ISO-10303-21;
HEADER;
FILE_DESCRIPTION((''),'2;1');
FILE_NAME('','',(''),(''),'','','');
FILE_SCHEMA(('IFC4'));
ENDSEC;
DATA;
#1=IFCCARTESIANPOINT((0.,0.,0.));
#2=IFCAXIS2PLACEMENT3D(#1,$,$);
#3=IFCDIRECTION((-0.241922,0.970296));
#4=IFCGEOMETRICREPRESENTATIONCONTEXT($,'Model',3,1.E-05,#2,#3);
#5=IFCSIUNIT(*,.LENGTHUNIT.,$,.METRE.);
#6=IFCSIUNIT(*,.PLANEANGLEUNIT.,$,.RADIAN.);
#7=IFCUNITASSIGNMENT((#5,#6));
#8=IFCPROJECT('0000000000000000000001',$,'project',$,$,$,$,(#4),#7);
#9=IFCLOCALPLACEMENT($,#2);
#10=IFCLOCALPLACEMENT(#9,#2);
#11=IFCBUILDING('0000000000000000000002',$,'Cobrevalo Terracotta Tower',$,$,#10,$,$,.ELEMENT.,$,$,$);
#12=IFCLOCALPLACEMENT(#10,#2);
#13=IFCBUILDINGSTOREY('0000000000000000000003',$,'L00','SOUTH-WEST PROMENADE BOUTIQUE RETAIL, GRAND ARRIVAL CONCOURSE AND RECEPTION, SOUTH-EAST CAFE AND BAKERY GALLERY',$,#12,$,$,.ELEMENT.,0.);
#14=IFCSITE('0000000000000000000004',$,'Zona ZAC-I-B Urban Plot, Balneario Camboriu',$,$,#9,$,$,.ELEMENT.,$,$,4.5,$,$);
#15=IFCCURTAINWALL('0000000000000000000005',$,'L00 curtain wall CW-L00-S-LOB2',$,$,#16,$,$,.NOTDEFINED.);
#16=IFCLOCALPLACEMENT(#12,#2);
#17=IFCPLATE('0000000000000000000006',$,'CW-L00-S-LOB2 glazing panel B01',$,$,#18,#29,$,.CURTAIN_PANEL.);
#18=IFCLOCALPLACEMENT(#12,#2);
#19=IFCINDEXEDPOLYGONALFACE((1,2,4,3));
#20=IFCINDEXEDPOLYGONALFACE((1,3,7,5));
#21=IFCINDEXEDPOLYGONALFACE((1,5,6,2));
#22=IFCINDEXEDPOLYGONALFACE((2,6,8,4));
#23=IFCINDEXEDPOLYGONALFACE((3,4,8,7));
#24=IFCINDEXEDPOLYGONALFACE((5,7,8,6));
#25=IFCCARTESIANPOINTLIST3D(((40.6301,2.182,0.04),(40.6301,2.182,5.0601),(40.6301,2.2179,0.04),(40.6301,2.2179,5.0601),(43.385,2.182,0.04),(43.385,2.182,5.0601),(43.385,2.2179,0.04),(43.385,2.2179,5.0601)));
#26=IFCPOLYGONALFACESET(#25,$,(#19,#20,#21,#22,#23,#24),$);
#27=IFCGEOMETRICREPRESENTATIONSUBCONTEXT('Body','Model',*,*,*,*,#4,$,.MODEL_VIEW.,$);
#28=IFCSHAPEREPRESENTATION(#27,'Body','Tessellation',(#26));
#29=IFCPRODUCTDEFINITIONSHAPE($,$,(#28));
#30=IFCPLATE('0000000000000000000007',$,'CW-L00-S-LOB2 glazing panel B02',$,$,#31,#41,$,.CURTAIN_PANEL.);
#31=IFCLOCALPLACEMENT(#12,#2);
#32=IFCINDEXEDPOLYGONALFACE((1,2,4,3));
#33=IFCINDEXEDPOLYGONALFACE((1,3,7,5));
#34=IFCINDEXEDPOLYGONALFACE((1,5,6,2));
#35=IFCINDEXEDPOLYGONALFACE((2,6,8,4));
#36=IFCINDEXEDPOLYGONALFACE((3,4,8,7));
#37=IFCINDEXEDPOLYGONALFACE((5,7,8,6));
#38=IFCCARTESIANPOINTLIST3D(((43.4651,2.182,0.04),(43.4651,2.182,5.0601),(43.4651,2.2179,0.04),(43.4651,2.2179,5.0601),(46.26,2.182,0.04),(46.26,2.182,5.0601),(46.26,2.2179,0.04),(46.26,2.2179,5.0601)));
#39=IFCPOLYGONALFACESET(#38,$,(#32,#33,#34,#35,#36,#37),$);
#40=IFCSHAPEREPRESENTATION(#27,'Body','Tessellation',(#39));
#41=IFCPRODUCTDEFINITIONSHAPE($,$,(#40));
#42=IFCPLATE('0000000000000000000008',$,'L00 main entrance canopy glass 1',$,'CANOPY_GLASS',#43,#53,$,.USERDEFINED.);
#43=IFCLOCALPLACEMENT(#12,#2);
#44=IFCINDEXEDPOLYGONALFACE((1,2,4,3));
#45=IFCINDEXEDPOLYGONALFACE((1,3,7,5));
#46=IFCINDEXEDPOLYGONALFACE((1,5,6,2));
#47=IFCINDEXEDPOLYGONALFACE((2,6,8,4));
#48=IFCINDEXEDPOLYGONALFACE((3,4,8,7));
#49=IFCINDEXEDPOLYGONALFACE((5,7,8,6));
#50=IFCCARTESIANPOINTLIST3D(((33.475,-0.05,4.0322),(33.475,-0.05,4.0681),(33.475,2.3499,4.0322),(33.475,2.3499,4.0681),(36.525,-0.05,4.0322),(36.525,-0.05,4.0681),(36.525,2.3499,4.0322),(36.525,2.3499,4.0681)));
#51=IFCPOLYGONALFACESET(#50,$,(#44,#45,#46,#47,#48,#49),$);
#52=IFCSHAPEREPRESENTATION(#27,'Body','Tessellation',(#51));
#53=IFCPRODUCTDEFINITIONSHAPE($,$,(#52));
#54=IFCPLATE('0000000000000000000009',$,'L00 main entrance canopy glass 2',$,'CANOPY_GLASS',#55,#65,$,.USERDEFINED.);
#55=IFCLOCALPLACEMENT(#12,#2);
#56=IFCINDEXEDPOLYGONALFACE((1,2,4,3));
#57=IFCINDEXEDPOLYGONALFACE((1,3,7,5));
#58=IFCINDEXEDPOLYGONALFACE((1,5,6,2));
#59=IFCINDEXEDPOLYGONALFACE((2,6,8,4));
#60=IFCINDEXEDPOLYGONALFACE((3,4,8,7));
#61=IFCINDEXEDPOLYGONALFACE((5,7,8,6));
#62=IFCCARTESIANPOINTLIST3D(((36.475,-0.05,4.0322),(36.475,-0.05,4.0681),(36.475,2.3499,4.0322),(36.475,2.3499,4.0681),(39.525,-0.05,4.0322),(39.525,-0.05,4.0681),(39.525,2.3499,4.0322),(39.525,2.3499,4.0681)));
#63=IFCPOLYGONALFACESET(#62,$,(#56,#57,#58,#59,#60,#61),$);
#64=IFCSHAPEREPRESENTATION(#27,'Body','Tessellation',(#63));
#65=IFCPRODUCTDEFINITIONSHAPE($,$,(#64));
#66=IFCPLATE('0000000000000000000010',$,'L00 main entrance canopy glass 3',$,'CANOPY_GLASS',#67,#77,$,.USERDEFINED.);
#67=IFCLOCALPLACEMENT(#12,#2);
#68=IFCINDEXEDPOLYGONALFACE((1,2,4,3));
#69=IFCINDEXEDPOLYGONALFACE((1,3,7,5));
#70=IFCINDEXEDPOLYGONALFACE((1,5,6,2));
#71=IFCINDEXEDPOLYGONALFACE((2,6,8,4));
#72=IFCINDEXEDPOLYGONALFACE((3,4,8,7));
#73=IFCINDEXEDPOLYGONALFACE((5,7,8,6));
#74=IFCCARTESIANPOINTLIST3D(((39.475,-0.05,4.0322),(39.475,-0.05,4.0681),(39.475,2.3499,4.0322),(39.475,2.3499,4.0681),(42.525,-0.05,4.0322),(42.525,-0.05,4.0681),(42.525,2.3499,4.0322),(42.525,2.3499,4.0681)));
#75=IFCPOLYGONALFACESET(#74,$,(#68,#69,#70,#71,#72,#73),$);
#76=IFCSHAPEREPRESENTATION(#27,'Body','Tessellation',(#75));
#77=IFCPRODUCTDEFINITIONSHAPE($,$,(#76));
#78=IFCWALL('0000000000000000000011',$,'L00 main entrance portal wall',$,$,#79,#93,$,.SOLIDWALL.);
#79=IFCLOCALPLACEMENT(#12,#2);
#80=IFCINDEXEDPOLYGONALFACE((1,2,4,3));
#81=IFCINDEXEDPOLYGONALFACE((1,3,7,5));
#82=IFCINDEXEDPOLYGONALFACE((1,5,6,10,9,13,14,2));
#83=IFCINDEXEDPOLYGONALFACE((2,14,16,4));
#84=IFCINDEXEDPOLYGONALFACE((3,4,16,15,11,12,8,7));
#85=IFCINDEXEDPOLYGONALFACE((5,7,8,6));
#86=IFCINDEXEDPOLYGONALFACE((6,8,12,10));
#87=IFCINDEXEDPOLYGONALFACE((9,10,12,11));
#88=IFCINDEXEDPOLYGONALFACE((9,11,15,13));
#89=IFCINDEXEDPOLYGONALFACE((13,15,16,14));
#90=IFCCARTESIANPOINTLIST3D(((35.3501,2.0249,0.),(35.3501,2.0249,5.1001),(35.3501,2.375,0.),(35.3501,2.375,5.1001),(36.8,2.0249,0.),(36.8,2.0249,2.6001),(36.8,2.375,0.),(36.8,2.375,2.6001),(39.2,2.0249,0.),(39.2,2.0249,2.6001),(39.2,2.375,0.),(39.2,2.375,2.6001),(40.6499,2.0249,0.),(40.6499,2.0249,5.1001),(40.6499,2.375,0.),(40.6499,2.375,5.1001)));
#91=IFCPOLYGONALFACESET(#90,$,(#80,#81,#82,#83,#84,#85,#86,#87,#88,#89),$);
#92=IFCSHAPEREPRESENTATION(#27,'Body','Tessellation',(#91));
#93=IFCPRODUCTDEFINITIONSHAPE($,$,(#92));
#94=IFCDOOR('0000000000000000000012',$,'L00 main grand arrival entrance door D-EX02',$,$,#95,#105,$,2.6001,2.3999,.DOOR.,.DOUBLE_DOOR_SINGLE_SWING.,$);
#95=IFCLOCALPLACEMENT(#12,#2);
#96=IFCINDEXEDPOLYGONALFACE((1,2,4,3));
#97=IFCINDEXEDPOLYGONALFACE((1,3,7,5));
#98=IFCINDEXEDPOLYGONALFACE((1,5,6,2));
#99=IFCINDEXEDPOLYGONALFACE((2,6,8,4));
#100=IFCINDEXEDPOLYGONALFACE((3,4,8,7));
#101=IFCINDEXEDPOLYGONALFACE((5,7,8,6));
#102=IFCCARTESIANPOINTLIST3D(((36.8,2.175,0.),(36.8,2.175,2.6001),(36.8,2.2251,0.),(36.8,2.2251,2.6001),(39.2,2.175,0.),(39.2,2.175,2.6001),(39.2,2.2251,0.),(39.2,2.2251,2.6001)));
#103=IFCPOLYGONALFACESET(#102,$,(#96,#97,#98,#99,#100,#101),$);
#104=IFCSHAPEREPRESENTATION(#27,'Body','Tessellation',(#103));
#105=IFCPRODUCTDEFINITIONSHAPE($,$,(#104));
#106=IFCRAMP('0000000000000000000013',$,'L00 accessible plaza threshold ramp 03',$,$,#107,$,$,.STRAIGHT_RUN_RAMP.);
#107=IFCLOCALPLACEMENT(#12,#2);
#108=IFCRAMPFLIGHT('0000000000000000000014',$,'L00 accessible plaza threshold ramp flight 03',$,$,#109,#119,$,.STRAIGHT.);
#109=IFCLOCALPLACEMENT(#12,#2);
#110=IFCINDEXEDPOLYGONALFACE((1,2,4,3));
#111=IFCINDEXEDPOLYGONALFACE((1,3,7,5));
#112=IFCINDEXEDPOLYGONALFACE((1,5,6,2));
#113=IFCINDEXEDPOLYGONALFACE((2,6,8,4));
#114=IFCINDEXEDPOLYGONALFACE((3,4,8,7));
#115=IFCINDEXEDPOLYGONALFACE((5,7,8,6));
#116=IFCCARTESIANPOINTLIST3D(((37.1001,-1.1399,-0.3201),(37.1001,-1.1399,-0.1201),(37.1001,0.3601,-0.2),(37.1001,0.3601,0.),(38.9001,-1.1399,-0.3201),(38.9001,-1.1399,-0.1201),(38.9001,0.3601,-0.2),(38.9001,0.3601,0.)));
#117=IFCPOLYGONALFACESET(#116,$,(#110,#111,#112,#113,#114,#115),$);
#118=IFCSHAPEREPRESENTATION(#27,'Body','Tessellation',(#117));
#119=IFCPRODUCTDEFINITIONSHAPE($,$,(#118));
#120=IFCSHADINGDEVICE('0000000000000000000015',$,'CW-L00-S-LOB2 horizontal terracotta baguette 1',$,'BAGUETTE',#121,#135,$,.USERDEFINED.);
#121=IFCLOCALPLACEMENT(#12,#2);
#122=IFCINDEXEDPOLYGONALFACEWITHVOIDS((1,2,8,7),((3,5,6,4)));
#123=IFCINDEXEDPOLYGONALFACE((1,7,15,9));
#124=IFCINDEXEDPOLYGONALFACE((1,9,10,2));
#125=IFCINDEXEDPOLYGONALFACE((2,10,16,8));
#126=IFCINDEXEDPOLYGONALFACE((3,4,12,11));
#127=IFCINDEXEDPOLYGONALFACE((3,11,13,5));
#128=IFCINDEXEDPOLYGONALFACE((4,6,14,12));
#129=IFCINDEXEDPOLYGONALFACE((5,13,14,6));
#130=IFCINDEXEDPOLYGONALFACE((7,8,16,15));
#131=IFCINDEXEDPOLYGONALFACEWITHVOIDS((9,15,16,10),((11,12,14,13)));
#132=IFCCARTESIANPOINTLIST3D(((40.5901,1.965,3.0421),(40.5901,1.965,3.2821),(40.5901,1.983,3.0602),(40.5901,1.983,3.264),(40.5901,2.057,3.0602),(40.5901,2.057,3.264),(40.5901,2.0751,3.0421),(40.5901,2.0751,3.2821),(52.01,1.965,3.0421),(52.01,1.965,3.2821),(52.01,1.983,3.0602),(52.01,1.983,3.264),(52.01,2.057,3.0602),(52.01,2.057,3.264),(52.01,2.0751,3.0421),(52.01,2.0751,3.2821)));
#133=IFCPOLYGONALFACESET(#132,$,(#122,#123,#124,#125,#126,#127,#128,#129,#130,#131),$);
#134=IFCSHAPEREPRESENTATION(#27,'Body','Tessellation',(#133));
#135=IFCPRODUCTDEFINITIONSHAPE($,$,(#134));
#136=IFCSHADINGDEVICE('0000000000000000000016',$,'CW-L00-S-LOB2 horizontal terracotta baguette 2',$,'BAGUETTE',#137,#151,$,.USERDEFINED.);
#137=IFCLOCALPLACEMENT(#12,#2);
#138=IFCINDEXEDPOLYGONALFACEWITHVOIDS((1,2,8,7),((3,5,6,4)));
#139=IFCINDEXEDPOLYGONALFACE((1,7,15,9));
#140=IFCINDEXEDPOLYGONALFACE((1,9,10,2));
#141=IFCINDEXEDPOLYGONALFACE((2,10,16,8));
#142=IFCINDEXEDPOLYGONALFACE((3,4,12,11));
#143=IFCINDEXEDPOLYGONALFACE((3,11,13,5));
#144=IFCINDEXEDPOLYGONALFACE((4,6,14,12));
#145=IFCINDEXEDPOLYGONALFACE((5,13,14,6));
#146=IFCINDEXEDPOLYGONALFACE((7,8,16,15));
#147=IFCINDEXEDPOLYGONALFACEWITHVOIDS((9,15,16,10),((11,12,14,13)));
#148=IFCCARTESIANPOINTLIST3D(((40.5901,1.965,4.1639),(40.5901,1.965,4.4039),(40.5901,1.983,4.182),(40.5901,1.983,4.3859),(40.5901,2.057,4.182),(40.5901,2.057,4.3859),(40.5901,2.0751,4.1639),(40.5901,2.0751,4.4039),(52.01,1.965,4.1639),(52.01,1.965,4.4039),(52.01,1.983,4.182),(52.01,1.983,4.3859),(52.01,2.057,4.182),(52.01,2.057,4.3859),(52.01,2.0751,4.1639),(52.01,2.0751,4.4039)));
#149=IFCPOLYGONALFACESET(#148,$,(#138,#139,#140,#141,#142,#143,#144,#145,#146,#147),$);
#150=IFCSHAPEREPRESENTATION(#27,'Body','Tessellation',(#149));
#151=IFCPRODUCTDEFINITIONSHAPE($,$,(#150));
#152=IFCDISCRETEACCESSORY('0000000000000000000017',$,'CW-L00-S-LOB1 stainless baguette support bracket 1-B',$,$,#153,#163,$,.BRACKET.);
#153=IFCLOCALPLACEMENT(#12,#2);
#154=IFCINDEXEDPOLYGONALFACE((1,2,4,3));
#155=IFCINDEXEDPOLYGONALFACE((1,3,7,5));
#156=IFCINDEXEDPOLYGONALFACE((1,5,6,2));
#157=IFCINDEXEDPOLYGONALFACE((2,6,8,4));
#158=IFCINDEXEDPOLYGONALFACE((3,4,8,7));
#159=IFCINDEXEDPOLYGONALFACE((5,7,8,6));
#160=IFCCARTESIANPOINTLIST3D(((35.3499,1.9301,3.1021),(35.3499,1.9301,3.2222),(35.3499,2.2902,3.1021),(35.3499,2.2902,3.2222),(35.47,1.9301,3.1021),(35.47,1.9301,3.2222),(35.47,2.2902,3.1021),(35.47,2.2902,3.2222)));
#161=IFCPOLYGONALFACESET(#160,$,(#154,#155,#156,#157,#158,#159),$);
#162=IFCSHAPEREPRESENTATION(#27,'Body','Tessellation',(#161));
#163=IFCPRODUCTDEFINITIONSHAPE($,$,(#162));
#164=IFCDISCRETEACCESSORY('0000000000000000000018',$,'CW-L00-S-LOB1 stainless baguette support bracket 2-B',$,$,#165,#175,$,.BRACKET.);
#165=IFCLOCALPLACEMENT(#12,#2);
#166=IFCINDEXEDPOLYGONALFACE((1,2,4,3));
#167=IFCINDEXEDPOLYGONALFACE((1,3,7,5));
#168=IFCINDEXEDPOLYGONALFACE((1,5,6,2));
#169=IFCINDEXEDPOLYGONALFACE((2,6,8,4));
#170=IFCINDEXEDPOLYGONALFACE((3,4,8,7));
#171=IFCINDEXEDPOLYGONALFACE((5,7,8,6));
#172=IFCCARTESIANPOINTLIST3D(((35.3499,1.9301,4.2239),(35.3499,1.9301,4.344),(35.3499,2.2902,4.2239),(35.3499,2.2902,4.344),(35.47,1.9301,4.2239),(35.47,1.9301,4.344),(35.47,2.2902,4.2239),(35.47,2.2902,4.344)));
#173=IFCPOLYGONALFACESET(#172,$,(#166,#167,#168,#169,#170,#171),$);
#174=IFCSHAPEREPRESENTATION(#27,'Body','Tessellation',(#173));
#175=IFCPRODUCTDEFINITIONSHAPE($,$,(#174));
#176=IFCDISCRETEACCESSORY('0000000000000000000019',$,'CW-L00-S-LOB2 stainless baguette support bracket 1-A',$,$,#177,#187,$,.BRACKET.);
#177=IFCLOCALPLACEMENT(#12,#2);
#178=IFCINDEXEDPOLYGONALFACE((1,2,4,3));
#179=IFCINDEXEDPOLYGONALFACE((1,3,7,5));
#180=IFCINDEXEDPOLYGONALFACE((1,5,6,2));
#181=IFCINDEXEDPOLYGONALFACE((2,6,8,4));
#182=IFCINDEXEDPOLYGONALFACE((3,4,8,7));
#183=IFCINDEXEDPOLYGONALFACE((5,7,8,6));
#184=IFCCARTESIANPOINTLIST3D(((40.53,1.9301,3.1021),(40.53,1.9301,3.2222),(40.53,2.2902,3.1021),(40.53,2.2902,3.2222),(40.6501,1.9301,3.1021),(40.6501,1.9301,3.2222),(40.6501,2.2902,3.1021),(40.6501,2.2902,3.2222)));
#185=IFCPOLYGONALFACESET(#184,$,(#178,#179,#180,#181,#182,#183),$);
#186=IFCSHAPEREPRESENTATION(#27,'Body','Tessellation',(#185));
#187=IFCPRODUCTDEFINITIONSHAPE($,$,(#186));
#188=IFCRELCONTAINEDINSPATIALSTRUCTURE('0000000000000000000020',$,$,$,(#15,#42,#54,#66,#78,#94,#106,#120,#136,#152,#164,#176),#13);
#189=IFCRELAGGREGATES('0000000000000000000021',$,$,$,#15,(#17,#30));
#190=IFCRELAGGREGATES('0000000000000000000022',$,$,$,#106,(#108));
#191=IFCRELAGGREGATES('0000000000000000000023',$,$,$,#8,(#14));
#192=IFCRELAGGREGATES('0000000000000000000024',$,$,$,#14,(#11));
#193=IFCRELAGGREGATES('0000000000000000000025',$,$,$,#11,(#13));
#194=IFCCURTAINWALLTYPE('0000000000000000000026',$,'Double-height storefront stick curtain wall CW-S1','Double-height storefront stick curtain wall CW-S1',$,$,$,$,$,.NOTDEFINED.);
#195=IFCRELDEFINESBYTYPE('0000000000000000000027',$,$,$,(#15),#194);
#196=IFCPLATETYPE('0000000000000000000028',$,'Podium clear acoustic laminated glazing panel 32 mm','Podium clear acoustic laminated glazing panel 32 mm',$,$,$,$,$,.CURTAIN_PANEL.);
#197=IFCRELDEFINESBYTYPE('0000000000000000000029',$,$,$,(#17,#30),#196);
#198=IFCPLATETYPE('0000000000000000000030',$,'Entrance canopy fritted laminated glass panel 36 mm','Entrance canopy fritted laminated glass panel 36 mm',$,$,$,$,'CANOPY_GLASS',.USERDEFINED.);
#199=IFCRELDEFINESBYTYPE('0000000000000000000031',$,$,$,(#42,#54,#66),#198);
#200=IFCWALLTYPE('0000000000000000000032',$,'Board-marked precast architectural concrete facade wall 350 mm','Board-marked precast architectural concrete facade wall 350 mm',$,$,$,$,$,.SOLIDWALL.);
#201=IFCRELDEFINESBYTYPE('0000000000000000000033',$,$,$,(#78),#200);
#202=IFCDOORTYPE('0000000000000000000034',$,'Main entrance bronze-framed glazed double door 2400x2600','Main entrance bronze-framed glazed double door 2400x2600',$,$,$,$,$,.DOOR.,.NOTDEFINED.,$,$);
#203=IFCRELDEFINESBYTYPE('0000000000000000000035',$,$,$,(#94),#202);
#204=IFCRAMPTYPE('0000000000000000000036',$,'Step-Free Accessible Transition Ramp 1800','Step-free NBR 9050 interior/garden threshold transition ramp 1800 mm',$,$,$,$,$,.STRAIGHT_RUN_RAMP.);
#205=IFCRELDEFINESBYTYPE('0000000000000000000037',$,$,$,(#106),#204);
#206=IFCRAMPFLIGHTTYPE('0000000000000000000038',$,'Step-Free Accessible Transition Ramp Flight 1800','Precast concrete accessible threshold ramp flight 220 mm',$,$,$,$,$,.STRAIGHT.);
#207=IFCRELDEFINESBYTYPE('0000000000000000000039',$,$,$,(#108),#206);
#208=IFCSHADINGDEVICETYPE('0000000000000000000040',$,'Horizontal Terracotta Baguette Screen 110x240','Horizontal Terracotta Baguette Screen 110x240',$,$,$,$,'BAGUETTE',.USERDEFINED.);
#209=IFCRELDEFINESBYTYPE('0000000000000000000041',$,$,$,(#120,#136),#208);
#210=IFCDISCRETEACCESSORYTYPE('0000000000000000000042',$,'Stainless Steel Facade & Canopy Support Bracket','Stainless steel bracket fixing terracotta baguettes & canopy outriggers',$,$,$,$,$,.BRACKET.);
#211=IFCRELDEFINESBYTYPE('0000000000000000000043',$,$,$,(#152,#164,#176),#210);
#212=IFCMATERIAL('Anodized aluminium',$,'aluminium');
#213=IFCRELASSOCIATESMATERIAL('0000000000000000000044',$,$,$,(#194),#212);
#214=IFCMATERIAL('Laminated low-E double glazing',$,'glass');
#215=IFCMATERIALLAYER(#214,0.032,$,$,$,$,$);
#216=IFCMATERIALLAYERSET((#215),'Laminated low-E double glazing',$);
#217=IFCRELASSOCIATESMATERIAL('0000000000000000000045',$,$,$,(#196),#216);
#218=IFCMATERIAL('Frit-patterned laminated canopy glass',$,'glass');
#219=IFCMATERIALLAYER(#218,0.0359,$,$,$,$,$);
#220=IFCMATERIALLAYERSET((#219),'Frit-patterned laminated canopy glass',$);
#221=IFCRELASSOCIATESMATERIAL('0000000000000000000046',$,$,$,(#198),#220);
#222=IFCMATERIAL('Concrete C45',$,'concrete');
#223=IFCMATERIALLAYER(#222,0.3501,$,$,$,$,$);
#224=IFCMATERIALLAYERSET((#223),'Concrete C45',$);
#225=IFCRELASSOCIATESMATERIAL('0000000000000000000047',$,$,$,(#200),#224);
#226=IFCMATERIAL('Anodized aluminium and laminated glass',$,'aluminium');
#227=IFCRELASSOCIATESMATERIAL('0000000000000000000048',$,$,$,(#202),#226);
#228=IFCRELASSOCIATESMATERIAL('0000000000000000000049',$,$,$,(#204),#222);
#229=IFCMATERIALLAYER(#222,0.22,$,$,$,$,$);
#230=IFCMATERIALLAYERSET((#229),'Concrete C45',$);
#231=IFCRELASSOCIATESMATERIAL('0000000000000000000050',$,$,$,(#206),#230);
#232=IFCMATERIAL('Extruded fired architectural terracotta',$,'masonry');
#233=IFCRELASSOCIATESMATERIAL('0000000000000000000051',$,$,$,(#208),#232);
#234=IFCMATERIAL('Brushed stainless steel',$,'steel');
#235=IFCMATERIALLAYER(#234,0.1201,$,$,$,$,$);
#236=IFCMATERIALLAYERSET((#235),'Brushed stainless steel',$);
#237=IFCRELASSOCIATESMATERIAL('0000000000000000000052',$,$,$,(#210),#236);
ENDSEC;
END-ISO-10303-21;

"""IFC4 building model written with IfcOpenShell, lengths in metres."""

from ifc_helpers import new_model, si_unit, direction, frame, frame_2d, origin, origin_2d, place, context, subcontext, project, spatial, polyline, rectangle, hollow_rectangle, outline, extrude, source, transform, mapped, material, layer, layer_set, material_profile, profile_set, type_object, element, fill, aggregate, save


model = new_model("IFC4")

# Units and contexts
model_context = context("Model", 3, precision=1e-05, world=origin(), true_north=direction((-0.241922, 0.970296)))
body_context = subcontext(model_context, "Body", "Model", "MODEL_VIEW")
ifc_project = project(units=[si_unit("LENGTHUNIT", "METRE"), si_unit("PLANEANGLEUNIT", "RADIAN")], contexts=[model_context])

# Site, building, storey
site_placement = place(None, origin())
site = spatial("IfcSite", under=ifc_project, at=site_placement, Name="Zona ZAC-I-B Urban Plot, Balneario Camboriu", CompositionType="ELEMENT", RefElevation=4.5)
building_placement = place(site_placement, origin())
building = spatial("IfcBuilding", under=site, at=building_placement, Name="Cobrevalo Terracotta Tower", CompositionType="ELEMENT")
storey_placement = place(building_placement, origin())
storey = spatial("IfcBuildingStorey", under=building, at=storey_placement, Name="L00", Description="SOUTH-WEST PROMENADE BOUTIQUE RETAIL, GRAND ARRIVAL CONCOURSE AND RECEPTION, SOUTH-EAST CAFE AND BAKERY GALLERY", CompositionType="ELEMENT", Elevation=0.0)

# Shared definitions
ifc_material_1 = material(Name="Anodized aluminium", Category="aluminium")
curtain_wall_type = type_object("IfcCurtainWallType", Name="Double-height storefront stick curtain wall CW-S1", Description="Double-height storefront stick curtain wall CW-S1", PredefinedType="NOTDEFINED", material=ifc_material_1)

# Curtain wall
curtain_wall_1_placement = place(storey_placement, origin())
curtain_wall_1 = element("IfcCurtainWall", 1, at=curtain_wall_1_placement, inside=storey, type_object=curtain_wall_type, Name="L00 curtain wall CW-L00-S-LOB2", PredefinedType="NOTDEFINED")

# Plates
ifc_material_2 = material(Name="Laminated low-E double glazing", Category="glass")
ifc_layer_1 = layer(ifc_material_2, 0.032)
ifc_layer_set_1 = layer_set([ifc_layer_1], Name="Laminated low-E double glazing")
plate_type_1 = type_object("IfcPlateType", Name="Podium clear acoustic laminated glazing panel 32 mm", Description="Podium clear acoustic laminated glazing panel 32 mm", PredefinedType="CURTAIN_PANEL", material=ifc_layer_set_1)
shared_shape_1 = source(origin(), body_context, "Body", "SweptSolid", [
    extrude(rectangle(XDim=2.7549, YDim=0.0359, at=origin_2d()), origin(), (0.0, 0.0, 1.0), 5.02),
])
plate_1_placement = place(storey_placement, frame((42.0076, 2.2, 0.04), z_axis=(0.0, 0.0, 1.0), x_axis=(1.0, 0.0, 0.0)))
plate_1 = element("IfcPlate", 2, at=plate_1_placement, type_object=plate_type_1, Name="CW-L00-S-LOB2 glazing panel B01", PredefinedType="CURTAIN_PANEL", context=body_context, shape_type="MappedRepresentation", body=[
    mapped(shared_shape_1, transform((0.0, 0.0, 0.0), scale=1.0)),
])
shared_shape_2 = source(origin(), body_context, "Body", "SweptSolid", [
    extrude(rectangle(XDim=2.7949, YDim=0.0359, at=origin_2d()), origin(), (0.0, 0.0, 1.0), 5.02),
])
plate_2_placement = place(storey_placement, frame((44.8625, 2.2, 0.04), z_axis=(0.0, 0.0, 1.0), x_axis=(1.0, 0.0, 0.0)))
plate_2 = element("IfcPlate", 3, at=plate_2_placement, type_object=plate_type_1, Name="CW-L00-S-LOB2 glazing panel B02", PredefinedType="CURTAIN_PANEL", context=body_context, shape_type="MappedRepresentation", body=[
    mapped(shared_shape_2, transform((0.0, 0.0, 0.0), scale=1.0)),
])
aggregate(curtain_wall_1, [plate_1, plate_2])

# Plates
ifc_material_3 = material(Name="Frit-patterned laminated canopy glass", Category="glass")
ifc_layer_2 = layer(ifc_material_3, 0.0359)
ifc_layer_set_2 = layer_set([ifc_layer_2], Name="Frit-patterned laminated canopy glass")
plate_type_2 = type_object("IfcPlateType", Name="Entrance canopy fritted laminated glass panel 36 mm", Description="Entrance canopy fritted laminated glass panel 36 mm", ElementType="CANOPY_GLASS", PredefinedType="USERDEFINED", material=ifc_layer_set_2)
shared_shape_3 = source(origin(), body_context, "Body", "SweptSolid", [
    extrude(rectangle(XDim=3.05, YDim=2.3999, at=origin_2d()), origin(), (0.0, 0.0, 1.0), 0.0359),
])
for number, where, z_axis, x_axis, name in (
    (4, (35.0, 1.1499, 4.0322), (0.0, 0.0, 1.0), (1.0, 0.0, 0.0), "L00 main entrance canopy glass 1"),
    (5, (38.0, 1.1499, 4.0322), (0.0, 0.0, 1.0), (1.0, 0.0, 0.0), "L00 main entrance canopy glass 2"),
    (6, (41.0, 1.1499, 4.0322), (0.0, 0.0, 1.0), (1.0, 0.0, 0.0), "L00 main entrance canopy glass 3"),
):
    element("IfcPlate", number, at=place(storey_placement, frame(where, z_axis=z_axis, x_axis=x_axis)), inside=storey, type_object=plate_type_2, Name=name, ObjectType="CANOPY_GLASS", PredefinedType="USERDEFINED", context=body_context, shape_type="MappedRepresentation", body=[
        mapped(shared_shape_3, transform((0.0, 0.0, 0.0), scale=1.0)),
    ])

# Wall, opening, door
ifc_material_4 = material(Name="Concrete C45", Category="concrete")
ifc_layer_3 = layer(ifc_material_4, 0.3501)
ifc_layer_set_3 = layer_set([ifc_layer_3], Name="Concrete C45")
wall_type = type_object("IfcWallType", Name="Board-marked precast architectural concrete facade wall 350 mm", Description="Board-marked precast architectural concrete facade wall 350 mm", PredefinedType="SOLIDWALL", material=ifc_layer_set_3)
wall_placement = place(storey_placement, frame((35.3501, 2.2, 0.0), z_axis=(0.0, 0.0, 1.0), x_axis=(1.0, 0.0, 0.0)))
wall = element("IfcWall", 7, at=wall_placement, inside=storey, type_object=wall_type, Name="L00 main entrance portal wall", PredefinedType="SOLIDWALL", context=body_context, shape_type="SweptSolid", body=[
    extrude(rectangle(XDim=5.2998, YDim=0.3501, at=frame_2d((2.6499, 0.0))), origin(), (0.0, 0.0, 1.0), 5.1001),
])
opening_placement = place(wall_placement, frame((1.45, 0.0, 0.0)))
opening = element("IfcOpeningElement", 8, at=opening_placement, cuts=wall, PredefinedType="OPENING", context=body_context, shape_type="SweptSolid", body=[
    extrude(rectangle(XDim=2.3999, YDim=2.6001, at=frame_2d((1.2, 1.3))), frame((0.0, 0.1851, 0.0), z_axis=(0.0, -1.0, 0.0), x_axis=(1.0, 0.0, 0.0)), (0.0, 0.0, 1.0), 0.3701),
])
ifc_material_5 = material(Name="Anodized aluminium and laminated glass", Category="aluminium")
door_type = type_object("IfcDoorType", Name="Main entrance bronze-framed glazed double door 2400x2600", Description="Main entrance bronze-framed glazed double door 2400x2600", OperationType="NOTDEFINED", PredefinedType="DOOR", material=ifc_material_5)
shared_shape_4 = source(origin(), body_context, "Body", "SweptSolid", [
    extrude(rectangle(XDim=2.3999, YDim=2.6001, at=frame_2d((1.2, 1.3))), frame((0.0, 0.0249, 0.0), z_axis=(0.0, -1.0, 0.0), x_axis=(1.0, 0.0, 0.0)), (0.0, 0.0, 1.0), 0.05),
])
door_placement = place(opening_placement, frame((2.3999, 0.0, 0.0), z_axis=(0.0, 0.0, 1.0), x_axis=(-1.0, 0.0, 0.0)))
door = element("IfcDoor", 9, at=door_placement, inside=storey, type_object=door_type, Name="L00 main grand arrival entrance door D-EX02", OperationType="DOUBLE_DOOR_SINGLE_SWING", OverallHeight=2.6001, OverallWidth=2.3999, PredefinedType="DOOR", context=body_context, shape_type="MappedRepresentation", body=[
    mapped(shared_shape_4, transform((0.0, 0.0, 0.0), scale=1.0)),
])
fill(opening, door)

# Ramp, ramp flight
ramp_type = type_object("IfcRampType", Name="Step-Free Accessible Transition Ramp 1800", Description="Step-free NBR 9050 interior/garden threshold transition ramp 1800 mm", PredefinedType="STRAIGHT_RUN_RAMP", material=ifc_material_4)
ramp_placement = place(storey_placement, origin())
ramp = element("IfcRamp", 10, at=ramp_placement, inside=storey, type_object=ramp_type, Name="L00 accessible plaza threshold ramp 03", PredefinedType="STRAIGHT_RUN_RAMP")
ifc_layer_4 = layer(ifc_material_4, 0.22)
ifc_layer_set_4 = layer_set([ifc_layer_4], Name="Concrete C45")
ramp_flight_type = type_object("IfcRampFlightType", Name="Step-Free Accessible Transition Ramp Flight 1800", Description="Precast concrete accessible threshold ramp flight 220 mm", PredefinedType="STRAIGHT", material=ifc_layer_set_4)
ramp_flight_placement = place(storey_placement, frame((38.0, -1.1399, -0.1201), z_axis=(0.0, 0.0, 1.0), x_axis=(0.0, 1.0, 0.0)))
ramp_flight = element("IfcRampFlight", 11, at=ramp_flight_placement, type_object=ramp_flight_type, Name="L00 accessible plaza threshold ramp flight 03", PredefinedType="STRAIGHT", context=body_context, shape_type="SweptSolid", body=[
    extrude(outline(polyline([(0.0, -0.2), (1.5, -0.0798), (1.5, 0.1201), (0.0, 0.0), (0.0, -0.2)])), frame((0.0, 0.8999, 0.0), z_axis=(0.0, -1.0, 0.0), x_axis=(1.0, 0.0, 0.0)), (0.0, 0.0, 1.0), 1.8),
])
aggregate(ramp, [ramp_flight])

# Shading devices
ifc_material_6 = material(Name="Extruded fired architectural terracotta", Category="masonry")
ifc_material_profile_1 = material_profile(ifc_material_6, hollow_rectangle(XDim=0.1101, YDim=0.24, WallThickness=0.0181, at=origin_2d()), Name="BAGUETTE 110x240")
ifc_profile_set_1 = profile_set([ifc_material_profile_1], Name="Extruded fired architectural terracotta")
shading_device_type = type_object("IfcShadingDeviceType", Name="Horizontal Terracotta Baguette Screen 110x240", Description="Horizontal Terracotta Baguette Screen 110x240", ElementType="BAGUETTE", PredefinedType="USERDEFINED", material=ifc_profile_set_1)
shared_shape_5 = source(origin(), body_context, "Body", "SweptSolid", [
    extrude(hollow_rectangle(XDim=0.1101, YDim=0.24, WallThickness=0.0181, at=origin_2d()), origin(), (0.0, 0.0, 1.0), 11.4199),
])
for number, where, z_axis, x_axis, name in (
    (12, (40.5901, 2.02, 3.1621), (1.0, 0.0, 0.0), (0.0, 1.0, 0.0), "CW-L00-S-LOB2 horizontal terracotta baguette 1"),
    (13, (40.5901, 2.02, 4.2839), (1.0, 0.0, 0.0), (0.0, 1.0, 0.0), "CW-L00-S-LOB2 horizontal terracotta baguette 2"),
):
    element("IfcShadingDevice", number, at=place(storey_placement, frame(where, z_axis=z_axis, x_axis=x_axis)), inside=storey, type_object=shading_device_type, Name=name, ObjectType="BAGUETTE", PredefinedType="USERDEFINED", context=body_context, shape_type="MappedRepresentation", body=[
        mapped(shared_shape_5, transform((0.0, 0.0, 0.0), scale=1.0)),
    ])

# Discrete accessories
ifc_material_7 = material(Name="Brushed stainless steel", Category="steel")
ifc_layer_5 = layer(ifc_material_7, 0.1201)
ifc_layer_set_5 = layer_set([ifc_layer_5], Name="Brushed stainless steel")
discrete_accessory_type = type_object("IfcDiscreteAccessoryType", Name="Stainless Steel Facade & Canopy Support Bracket", Description="Stainless steel bracket fixing terracotta baguettes & canopy outriggers", PredefinedType="BRACKET", material=ifc_layer_set_5)
shared_shape_6 = source(origin(), body_context, "Body", "SweptSolid", [
    extrude(rectangle(XDim=0.1201, YDim=0.3601, at=origin_2d()), origin(), (0.0, 0.0, 1.0), 0.1201),
])
for number, where, z_axis, x_axis, name in (
    (14, (35.4099, 2.1101, 3.1021), (0.0, 0.0, 1.0), (1.0, 0.0, 0.0), "CW-L00-S-LOB1 stainless baguette support bracket 1-B"),
    (15, (35.4099, 2.1101, 4.2239), (0.0, 0.0, 1.0), (1.0, 0.0, 0.0), "CW-L00-S-LOB1 stainless baguette support bracket 2-B"),
    (16, (40.5901, 2.1101, 3.1021), (0.0, 0.0, 1.0), (1.0, 0.0, 0.0), "CW-L00-S-LOB2 stainless baguette support bracket 1-A"),
):
    element("IfcDiscreteAccessory", number, at=place(storey_placement, frame(where, z_axis=z_axis, x_axis=x_axis)), inside=storey, type_object=discrete_accessory_type, Name=name, PredefinedType="BRACKET", context=body_context, shape_type="MappedRepresentation", body=[
        mapped(shared_shape_6, transform((0.0, 0.0, 0.0), scale=1.0)),
    ])

save(model, "model.ifc")
